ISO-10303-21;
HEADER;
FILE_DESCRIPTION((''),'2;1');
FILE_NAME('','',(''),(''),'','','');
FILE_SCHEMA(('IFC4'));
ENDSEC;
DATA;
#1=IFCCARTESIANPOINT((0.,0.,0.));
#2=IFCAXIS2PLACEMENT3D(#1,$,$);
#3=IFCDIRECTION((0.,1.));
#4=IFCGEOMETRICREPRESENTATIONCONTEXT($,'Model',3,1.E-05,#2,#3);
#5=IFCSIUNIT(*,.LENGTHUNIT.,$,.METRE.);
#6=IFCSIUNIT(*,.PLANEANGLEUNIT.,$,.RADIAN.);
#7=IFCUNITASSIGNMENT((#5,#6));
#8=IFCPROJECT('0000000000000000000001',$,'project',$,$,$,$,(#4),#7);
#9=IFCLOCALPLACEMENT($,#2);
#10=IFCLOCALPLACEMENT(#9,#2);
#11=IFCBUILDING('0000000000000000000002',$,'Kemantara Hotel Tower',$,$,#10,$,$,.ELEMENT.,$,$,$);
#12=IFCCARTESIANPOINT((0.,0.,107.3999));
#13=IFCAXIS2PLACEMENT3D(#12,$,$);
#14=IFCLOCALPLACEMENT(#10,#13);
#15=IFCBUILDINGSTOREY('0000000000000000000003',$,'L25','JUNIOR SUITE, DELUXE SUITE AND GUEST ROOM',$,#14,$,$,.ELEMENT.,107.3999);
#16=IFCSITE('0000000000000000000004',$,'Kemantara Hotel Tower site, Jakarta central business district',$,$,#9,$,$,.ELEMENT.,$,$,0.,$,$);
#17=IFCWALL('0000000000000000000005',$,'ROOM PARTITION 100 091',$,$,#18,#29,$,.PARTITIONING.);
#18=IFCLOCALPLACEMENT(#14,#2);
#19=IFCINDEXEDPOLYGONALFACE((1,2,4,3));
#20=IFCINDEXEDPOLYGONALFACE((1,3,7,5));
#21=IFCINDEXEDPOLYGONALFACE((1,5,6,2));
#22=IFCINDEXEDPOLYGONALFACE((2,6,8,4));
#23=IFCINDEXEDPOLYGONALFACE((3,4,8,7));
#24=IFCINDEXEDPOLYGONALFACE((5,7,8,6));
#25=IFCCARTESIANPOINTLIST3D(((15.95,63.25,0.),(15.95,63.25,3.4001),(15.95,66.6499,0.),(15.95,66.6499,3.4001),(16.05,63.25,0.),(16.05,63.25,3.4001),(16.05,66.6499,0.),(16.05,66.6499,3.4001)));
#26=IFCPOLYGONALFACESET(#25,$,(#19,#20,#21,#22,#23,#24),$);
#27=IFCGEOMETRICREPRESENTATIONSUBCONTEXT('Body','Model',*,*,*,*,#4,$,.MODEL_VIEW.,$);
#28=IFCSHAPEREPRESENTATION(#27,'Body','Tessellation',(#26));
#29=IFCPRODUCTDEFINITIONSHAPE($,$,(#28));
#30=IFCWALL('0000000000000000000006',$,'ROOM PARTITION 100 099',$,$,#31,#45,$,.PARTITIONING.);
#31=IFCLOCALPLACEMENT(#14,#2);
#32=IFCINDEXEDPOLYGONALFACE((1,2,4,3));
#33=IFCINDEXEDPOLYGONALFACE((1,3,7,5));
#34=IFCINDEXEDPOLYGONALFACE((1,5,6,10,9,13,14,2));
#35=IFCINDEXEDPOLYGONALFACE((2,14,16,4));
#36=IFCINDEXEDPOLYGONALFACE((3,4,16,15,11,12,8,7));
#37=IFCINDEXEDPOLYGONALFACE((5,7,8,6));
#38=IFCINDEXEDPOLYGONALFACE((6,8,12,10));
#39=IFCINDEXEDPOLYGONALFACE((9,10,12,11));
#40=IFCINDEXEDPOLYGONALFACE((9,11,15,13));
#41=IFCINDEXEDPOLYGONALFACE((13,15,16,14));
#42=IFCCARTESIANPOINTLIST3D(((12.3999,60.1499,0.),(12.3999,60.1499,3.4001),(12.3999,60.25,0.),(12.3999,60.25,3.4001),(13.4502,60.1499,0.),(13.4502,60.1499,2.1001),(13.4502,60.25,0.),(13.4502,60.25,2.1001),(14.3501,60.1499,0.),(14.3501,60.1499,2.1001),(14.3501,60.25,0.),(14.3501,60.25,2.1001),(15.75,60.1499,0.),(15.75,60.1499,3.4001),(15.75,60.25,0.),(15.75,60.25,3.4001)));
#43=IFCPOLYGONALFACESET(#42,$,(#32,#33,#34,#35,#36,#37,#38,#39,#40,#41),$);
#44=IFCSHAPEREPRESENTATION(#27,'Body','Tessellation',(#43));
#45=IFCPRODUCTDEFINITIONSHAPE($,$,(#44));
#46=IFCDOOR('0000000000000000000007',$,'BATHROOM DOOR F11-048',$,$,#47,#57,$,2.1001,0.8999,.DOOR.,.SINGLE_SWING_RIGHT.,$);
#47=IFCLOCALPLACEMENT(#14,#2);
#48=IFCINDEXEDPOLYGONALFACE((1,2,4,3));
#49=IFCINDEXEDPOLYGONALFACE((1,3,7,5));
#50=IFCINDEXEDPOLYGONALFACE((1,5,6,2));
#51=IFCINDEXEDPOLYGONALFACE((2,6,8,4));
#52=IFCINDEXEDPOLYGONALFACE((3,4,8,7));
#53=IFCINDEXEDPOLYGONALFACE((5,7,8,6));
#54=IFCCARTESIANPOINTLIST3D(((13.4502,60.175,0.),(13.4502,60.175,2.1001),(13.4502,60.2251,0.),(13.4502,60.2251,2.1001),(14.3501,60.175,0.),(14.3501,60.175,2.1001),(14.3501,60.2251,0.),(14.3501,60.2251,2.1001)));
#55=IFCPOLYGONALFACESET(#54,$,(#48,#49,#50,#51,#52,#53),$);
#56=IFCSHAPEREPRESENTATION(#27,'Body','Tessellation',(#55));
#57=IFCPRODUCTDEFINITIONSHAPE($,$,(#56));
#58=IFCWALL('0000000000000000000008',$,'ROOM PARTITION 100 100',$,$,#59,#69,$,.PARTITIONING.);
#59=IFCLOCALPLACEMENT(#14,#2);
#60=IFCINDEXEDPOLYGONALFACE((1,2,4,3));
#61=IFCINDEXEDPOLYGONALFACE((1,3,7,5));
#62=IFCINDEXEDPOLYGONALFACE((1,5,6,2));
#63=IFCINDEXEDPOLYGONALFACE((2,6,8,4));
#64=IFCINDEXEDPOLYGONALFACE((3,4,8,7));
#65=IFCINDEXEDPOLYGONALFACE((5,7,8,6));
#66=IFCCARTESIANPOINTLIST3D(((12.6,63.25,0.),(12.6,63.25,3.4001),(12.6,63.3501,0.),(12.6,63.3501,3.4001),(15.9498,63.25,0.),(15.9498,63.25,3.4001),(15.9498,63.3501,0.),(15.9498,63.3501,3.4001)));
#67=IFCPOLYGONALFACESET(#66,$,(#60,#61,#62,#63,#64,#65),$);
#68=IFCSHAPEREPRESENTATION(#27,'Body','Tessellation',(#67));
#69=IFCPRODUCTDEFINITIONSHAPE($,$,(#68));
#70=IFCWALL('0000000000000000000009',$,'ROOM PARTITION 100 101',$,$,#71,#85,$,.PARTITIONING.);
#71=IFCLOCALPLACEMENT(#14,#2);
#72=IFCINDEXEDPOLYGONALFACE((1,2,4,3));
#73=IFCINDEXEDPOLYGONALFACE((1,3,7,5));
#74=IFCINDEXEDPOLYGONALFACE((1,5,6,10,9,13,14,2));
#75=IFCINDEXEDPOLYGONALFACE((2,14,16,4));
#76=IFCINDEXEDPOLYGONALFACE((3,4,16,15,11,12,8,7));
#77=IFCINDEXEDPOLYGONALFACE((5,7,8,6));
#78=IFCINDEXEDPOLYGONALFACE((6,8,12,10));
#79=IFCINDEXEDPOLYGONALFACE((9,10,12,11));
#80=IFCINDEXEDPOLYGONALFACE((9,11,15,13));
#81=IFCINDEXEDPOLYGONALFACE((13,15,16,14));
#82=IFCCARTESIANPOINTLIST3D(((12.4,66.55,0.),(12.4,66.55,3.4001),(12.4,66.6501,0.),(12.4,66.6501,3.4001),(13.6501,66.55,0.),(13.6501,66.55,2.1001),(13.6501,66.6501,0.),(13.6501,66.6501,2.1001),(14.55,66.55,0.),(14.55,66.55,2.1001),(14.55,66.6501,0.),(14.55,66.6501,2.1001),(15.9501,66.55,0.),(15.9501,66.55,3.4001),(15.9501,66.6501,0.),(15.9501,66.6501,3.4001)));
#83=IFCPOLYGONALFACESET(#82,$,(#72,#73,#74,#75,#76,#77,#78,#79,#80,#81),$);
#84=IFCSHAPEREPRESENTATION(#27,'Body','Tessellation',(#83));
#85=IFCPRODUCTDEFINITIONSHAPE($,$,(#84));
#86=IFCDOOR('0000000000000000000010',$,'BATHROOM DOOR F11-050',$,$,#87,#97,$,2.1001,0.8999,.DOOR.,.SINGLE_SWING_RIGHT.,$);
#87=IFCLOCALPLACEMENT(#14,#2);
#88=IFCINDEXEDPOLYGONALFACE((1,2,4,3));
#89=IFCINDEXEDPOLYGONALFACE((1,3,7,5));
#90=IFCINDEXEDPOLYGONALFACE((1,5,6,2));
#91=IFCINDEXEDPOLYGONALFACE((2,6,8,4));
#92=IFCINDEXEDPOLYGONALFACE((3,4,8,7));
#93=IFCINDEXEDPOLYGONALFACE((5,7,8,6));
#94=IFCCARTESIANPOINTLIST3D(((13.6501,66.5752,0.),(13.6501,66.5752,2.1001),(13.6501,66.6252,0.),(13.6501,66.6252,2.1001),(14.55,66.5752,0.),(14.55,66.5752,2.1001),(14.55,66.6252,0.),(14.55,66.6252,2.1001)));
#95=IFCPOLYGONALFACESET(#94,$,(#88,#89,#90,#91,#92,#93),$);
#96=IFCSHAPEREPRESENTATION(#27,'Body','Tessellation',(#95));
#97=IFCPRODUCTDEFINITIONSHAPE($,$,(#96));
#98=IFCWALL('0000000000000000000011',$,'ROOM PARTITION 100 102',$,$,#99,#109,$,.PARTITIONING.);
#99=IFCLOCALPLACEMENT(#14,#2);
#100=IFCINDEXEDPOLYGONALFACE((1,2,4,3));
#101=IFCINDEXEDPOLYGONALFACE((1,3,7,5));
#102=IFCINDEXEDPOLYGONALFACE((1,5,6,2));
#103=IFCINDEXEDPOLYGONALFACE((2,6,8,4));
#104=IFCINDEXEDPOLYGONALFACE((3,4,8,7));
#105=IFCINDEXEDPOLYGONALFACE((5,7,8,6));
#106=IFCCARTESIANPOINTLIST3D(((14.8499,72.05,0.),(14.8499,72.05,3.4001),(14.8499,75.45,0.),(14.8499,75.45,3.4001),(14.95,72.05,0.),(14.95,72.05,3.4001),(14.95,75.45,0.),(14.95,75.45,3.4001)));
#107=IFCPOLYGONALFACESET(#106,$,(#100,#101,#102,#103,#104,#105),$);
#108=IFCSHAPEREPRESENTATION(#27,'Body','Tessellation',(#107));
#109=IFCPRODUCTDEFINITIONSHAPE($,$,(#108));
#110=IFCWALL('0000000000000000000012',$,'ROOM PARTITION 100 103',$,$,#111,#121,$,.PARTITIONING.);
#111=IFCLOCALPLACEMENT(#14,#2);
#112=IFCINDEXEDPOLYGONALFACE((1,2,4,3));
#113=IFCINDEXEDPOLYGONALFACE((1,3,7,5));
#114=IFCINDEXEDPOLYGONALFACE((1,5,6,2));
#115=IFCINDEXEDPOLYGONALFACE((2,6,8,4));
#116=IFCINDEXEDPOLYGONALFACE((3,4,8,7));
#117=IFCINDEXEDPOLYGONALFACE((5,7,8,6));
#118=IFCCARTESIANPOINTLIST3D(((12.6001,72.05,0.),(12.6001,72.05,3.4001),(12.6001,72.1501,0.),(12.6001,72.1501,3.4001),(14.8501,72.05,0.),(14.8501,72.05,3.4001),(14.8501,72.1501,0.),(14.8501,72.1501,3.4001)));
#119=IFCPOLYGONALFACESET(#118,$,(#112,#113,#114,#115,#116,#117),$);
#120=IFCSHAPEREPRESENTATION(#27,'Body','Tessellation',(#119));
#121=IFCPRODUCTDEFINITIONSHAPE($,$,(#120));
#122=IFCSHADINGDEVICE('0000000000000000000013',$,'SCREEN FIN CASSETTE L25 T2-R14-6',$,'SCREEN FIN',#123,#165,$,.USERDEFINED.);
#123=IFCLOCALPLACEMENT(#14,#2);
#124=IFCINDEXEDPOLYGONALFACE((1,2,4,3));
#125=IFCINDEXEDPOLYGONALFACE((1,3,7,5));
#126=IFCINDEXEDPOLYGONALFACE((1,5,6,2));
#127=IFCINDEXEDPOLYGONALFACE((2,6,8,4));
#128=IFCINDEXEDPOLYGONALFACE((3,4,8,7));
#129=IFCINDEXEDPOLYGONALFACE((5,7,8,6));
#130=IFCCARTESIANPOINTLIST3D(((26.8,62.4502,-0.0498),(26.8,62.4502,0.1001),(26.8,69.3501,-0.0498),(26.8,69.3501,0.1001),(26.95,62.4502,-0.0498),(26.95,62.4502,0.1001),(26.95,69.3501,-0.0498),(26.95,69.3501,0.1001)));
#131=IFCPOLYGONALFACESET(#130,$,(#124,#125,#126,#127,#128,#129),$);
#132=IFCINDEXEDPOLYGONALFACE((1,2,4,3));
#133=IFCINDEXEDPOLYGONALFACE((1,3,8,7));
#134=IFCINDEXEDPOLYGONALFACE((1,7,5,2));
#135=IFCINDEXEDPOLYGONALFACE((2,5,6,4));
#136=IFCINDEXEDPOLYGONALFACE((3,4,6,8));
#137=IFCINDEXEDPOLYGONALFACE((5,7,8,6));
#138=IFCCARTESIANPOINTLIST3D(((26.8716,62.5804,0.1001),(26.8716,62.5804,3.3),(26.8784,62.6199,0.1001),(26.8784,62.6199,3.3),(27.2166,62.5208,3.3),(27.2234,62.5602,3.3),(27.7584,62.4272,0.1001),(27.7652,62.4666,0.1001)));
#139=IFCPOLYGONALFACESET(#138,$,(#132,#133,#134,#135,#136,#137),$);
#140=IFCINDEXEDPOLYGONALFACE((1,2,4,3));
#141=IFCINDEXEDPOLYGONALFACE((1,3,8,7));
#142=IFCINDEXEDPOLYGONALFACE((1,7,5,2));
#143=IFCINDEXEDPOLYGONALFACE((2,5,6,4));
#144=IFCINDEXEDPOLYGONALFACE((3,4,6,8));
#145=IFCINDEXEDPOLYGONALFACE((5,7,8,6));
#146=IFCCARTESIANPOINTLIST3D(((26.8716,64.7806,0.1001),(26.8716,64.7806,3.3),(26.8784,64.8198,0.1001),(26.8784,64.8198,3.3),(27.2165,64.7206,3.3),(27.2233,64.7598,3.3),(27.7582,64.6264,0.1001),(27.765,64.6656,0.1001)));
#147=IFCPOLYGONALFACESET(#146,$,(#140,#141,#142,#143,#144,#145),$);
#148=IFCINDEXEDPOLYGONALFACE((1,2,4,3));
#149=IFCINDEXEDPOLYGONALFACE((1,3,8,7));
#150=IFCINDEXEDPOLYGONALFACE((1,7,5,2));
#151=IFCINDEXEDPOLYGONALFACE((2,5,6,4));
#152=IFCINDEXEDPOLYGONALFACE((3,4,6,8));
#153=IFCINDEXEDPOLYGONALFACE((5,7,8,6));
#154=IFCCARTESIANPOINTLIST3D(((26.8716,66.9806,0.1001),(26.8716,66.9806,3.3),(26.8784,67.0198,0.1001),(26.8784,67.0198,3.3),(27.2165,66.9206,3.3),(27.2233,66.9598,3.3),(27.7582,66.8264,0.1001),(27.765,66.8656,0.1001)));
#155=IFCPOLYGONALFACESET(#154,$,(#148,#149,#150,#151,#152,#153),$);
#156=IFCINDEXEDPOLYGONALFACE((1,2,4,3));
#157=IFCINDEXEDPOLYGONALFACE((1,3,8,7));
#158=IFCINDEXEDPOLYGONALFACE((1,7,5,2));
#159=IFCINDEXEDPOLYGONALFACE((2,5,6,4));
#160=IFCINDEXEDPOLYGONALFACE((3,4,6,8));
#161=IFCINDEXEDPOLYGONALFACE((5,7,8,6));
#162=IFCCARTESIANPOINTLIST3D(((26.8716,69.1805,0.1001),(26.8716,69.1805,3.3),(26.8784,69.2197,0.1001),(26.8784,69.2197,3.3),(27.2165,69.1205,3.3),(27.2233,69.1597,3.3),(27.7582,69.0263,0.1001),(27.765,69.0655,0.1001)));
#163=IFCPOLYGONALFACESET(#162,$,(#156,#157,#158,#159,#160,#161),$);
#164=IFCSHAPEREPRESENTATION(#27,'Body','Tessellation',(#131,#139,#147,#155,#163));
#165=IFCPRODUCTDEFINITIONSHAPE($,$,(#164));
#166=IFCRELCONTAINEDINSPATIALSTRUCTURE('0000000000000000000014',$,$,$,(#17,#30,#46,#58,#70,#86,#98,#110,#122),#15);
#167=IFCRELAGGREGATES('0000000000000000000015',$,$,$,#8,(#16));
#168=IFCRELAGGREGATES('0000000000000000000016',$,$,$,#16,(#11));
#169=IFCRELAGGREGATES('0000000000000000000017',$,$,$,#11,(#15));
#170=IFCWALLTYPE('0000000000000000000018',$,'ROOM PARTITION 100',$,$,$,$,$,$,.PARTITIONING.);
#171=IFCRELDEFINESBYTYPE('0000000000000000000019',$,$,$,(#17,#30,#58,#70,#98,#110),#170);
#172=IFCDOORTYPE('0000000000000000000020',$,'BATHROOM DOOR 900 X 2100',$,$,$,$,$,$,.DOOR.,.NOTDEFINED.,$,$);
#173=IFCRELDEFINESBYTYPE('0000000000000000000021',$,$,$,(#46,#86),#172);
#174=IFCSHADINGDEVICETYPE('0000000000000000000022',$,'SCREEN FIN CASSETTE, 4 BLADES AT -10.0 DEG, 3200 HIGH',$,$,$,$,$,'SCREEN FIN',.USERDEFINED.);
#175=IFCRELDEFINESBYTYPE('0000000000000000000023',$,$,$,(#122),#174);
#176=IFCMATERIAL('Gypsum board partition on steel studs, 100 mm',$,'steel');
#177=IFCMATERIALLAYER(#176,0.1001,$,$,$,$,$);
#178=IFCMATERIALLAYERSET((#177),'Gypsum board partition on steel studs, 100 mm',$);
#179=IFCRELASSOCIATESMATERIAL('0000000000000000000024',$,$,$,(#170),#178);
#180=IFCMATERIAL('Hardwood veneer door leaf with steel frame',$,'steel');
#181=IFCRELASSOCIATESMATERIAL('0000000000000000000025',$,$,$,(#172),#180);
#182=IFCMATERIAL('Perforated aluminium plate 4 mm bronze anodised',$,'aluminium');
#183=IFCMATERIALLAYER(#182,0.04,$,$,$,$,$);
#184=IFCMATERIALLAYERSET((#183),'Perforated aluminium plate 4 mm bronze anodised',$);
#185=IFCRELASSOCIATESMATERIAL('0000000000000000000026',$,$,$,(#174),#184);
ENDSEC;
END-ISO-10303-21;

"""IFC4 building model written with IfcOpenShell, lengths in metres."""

from ifc_helpers import new_model, si_unit, direction, frame, frame_2d, origin, origin_2d, place, context, subcontext, project, spatial, polyline, rectangle, outline, extrude, source, transform, mapped, material, layer, layer_set, type_object, element, fill, save


model = new_model("IFC4")

# Units and contexts
model_context = context("Model", 3, precision=1e-05, world=origin(), true_north=direction((0.0, 1.0)))
body_context = subcontext(model_context, "Body", "Model", "MODEL_VIEW")
ifc_project = project(units=[si_unit("LENGTHUNIT", "METRE"), si_unit("PLANEANGLEUNIT", "RADIAN")], contexts=[model_context])

# Site, building, storey
site_placement = place(None, origin())
site = spatial("IfcSite", under=ifc_project, at=site_placement, Name="Kemantara Hotel Tower site, Jakarta central business district", CompositionType="ELEMENT", RefElevation=0.0)
building_placement = place(site_placement, origin())
building = spatial("IfcBuilding", under=site, at=building_placement, Name="Kemantara Hotel Tower", CompositionType="ELEMENT")
storey_placement = place(building_placement, frame((0.0, 0.0, 107.3999)))
storey = spatial("IfcBuildingStorey", under=building, at=storey_placement, Name="L25", Description="JUNIOR SUITE, DELUXE SUITE AND GUEST ROOM", CompositionType="ELEMENT", Elevation=107.3999)

# Wall
ifc_material_1 = material(Name="Gypsum board partition on steel studs, 100 mm", Category="steel")
ifc_layer_1 = layer(ifc_material_1, 0.1001)
ifc_layer_set_1 = layer_set([ifc_layer_1], Name="Gypsum board partition on steel studs, 100 mm")
wall_type_1 = type_object("IfcWallType", Name="ROOM PARTITION 100", PredefinedType="PARTITIONING", material=ifc_layer_set_1)
wall_1_placement = place(storey_placement, frame((16.0, 63.25, 0.0), z_axis=(0.0, 0.0, 1.0), x_axis=(0.0, 1.0, 0.0)))
element("IfcWall", 1, at=wall_1_placement, inside=storey, type_object=wall_type_1, Name="ROOM PARTITION 100 091", PredefinedType="PARTITIONING", context=body_context, shape_type="SweptSolid", body=[
    extrude(rectangle(XDim=3.3999, YDim=0.1001, at=frame_2d((1.7, 0.0))), origin(), (0.0, 0.0, 1.0), 3.4001),
])

# Wall, opening, door
wall_2_placement = place(storey_placement, frame((15.75, 60.2, 0.0), z_axis=(0.0, 0.0, 1.0), x_axis=(-1.0, 0.0, 0.0)))
wall_2 = element("IfcWall", 2, at=wall_2_placement, inside=storey, type_object=wall_type_1, Name="ROOM PARTITION 100 099", PredefinedType="PARTITIONING", context=body_context, shape_type="SweptSolid", body=[
    extrude(rectangle(XDim=3.3501, YDim=0.1001, at=frame_2d((1.675, 0.0))), origin(), (0.0, 0.0, 1.0), 3.4001),
])
opening_1_placement = place(wall_2_placement, frame((1.3999, 0.0, 0.0)))
opening_1 = element("IfcOpeningElement", 3, at=opening_1_placement, cuts=wall_2, PredefinedType="OPENING", context=body_context, shape_type="SweptSolid", body=[
    extrude(rectangle(XDim=0.8999, YDim=2.1001, at=frame_2d((0.45, 1.05))), frame((0.0, 0.0601, 0.0), z_axis=(0.0, -1.0, 0.0), x_axis=(1.0, 0.0, 0.0)), (0.0, 0.0, 1.0), 0.1201),
])
ifc_material_2 = material(Name="Hardwood veneer door leaf with steel frame", Category="steel")
door_type = type_object("IfcDoorType", Name="BATHROOM DOOR 900 X 2100", OperationType="NOTDEFINED", PredefinedType="DOOR", material=ifc_material_2)
door_1_placement = place(opening_1_placement, origin())
door_1 = element("IfcDoor", 4, at=door_1_placement, inside=storey, type_object=door_type, Name="BATHROOM DOOR F11-048", OperationType="SINGLE_SWING_RIGHT", OverallHeight=2.1001, OverallWidth=0.8999, PredefinedType="DOOR", context=body_context, shape_type="SweptSolid", body=[
    extrude(rectangle(XDim=0.8999, YDim=2.1001, at=frame_2d((0.45, 1.05))), frame((0.0, 0.0249, 0.0), z_axis=(0.0, -1.0, 0.0), x_axis=(1.0, 0.0, 0.0)), (0.0, 0.0, 1.0), 0.05),
])
fill(opening_1, door_1)

# Wall
wall_3_placement = place(storey_placement, frame((12.6001, 63.3, 0.0), z_axis=(0.0, 0.0, 1.0), x_axis=(1.0, 0.0, 0.0)))
element("IfcWall", 5, at=wall_3_placement, inside=storey, type_object=wall_type_1, Name="ROOM PARTITION 100 100", PredefinedType="PARTITIONING", context=body_context, shape_type="SweptSolid", body=[
    extrude(rectangle(XDim=3.3499, YDim=0.1001, at=frame_2d((1.6748, 0.0))), origin(), (0.0, 0.0, 1.0), 3.4001),
])

# Wall, opening, door
wall_4_placement = place(storey_placement, frame((15.95, 66.6001, 0.0), z_axis=(0.0, 0.0, 1.0), x_axis=(-1.0, 0.0, 0.0)))
wall_4 = element("IfcWall", 6, at=wall_4_placement, inside=storey, type_object=wall_type_1, Name="ROOM PARTITION 100 101", PredefinedType="PARTITIONING", context=body_context, shape_type="SweptSolid", body=[
    extrude(rectangle(XDim=3.55, YDim=0.1001, at=frame_2d((1.7749, 0.0))), origin(), (0.0, 0.0, 1.0), 3.4001),
])
opening_2_placement = place(wall_4_placement, frame((1.3999, 0.0, 0.0)))
opening_2 = element("IfcOpeningElement", 7, at=opening_2_placement, cuts=wall_4, PredefinedType="OPENING", context=body_context, shape_type="SweptSolid", body=[
    extrude(rectangle(XDim=0.8999, YDim=2.1001, at=frame_2d((0.45, 1.05))), frame((0.0, 0.0601, 0.0), z_axis=(0.0, -1.0, 0.0), x_axis=(1.0, 0.0, 0.0)), (0.0, 0.0, 1.0), 0.1201),
])
door_2_placement = place(opening_2_placement, origin())
door_2 = element("IfcDoor", 8, at=door_2_placement, inside=storey, type_object=door_type, Name="BATHROOM DOOR F11-050", OperationType="SINGLE_SWING_RIGHT", OverallHeight=2.1001, OverallWidth=0.8999, PredefinedType="DOOR", context=body_context, shape_type="SweptSolid", body=[
    extrude(rectangle(XDim=0.8999, YDim=2.1001, at=frame_2d((0.45, 1.05))), frame((0.0, 0.0249, 0.0), z_axis=(0.0, -1.0, 0.0), x_axis=(1.0, 0.0, 0.0)), (0.0, 0.0, 1.0), 0.05),
])
fill(opening_2, door_2)

# Walls
wall_5_placement = place(storey_placement, frame((14.8999, 72.05, 0.0), z_axis=(0.0, 0.0, 1.0), x_axis=(0.0, 1.0, 0.0)))
element("IfcWall", 9, at=wall_5_placement, inside=storey, type_object=wall_type_1, Name="ROOM PARTITION 100 102", PredefinedType="PARTITIONING", context=body_context, shape_type="SweptSolid", body=[
    extrude(rectangle(XDim=3.3999, YDim=0.1001, at=frame_2d((1.7, 0.0))), origin(), (0.0, 0.0, 1.0), 3.4001),
])
wall_6_placement = place(storey_placement, frame((12.6001, 72.1001, 0.0), z_axis=(0.0, 0.0, 1.0), x_axis=(1.0, 0.0, 0.0)))
element("IfcWall", 10, at=wall_6_placement, inside=storey, type_object=wall_type_1, Name="ROOM PARTITION 100 103", PredefinedType="PARTITIONING", context=body_context, shape_type="SweptSolid", body=[
    extrude(rectangle(XDim=2.25, YDim=0.1001, at=frame_2d((1.125, 0.0))), origin(), (0.0, 0.0, 1.0), 3.4001),
])

# Shading device
ifc_material_3 = material(Name="Perforated aluminium plate 4 mm bronze anodised", Category="aluminium")
ifc_layer_2 = layer(ifc_material_3, 0.04)
ifc_layer_set_2 = layer_set([ifc_layer_2], Name="Perforated aluminium plate 4 mm bronze anodised")
shading_device_type_1 = type_object("IfcShadingDeviceType", Name="SCREEN FIN CASSETTE, 4 BLADES AT -10.0 DEG, 3200 HIGH", ElementType="SCREEN FIN", PredefinedType="USERDEFINED", material=ifc_layer_set_2)
shared_shape_1 = source(origin(), body_context, "Body", "SweptSolid", [
    extrude(rectangle(XDim=6.8999, YDim=0.1499, at=origin_2d()), frame((3.3, -0.075, -0.1499), z_axis=(0.0, 0.0, 1.0), x_axis=(1.0, 0.0, 0.0)), (0.0, 0.0, 1.0), 0.1499),
    extrude(outline(polyline([(0.0, 0.0), (0.8999, 0.0), (0.3501, 3.2), (0.0, 3.2), (0.0, 0.0)])), frame((0.0198, -0.0784, 0.0), z_axis=(-0.98539, 0.170314, 0.0), x_axis=(-0.170314, -0.98539, 0.0)), (0.0, 0.0, 1.0), 0.04),
    extrude(outline(polyline([(0.0, 0.0), (0.8999, 0.0), (0.3501, 3.2), (0.0, 3.2), (0.0, 0.0)])), frame((2.2197, -0.0784, 0.0), z_axis=(-0.985212, 0.171341, 0.0), x_axis=(-0.171341, -0.985212, 0.0)), (0.0, 0.0, 1.0), 0.0398),
    extrude(outline(polyline([(0.0, 0.0), (0.8999, 0.0), (0.3501, 3.2), (0.0, 3.2), (0.0, 0.0)])), frame((4.4197, -0.0784, 0.0), z_axis=(-0.985212, 0.171341, 0.0), x_axis=(-0.171341, -0.985212, 0.0)), (0.0, 0.0, 1.0), 0.0398),
    extrude(outline(polyline([(0.0, 0.0), (0.8999, 0.0), (0.3501, 3.2), (0.0, 3.2), (0.0, 0.0)])), frame((6.6196, -0.0784, 0.0), z_axis=(-0.985212, 0.171341, 0.0), x_axis=(-0.171341, -0.985212, 0.0)), (0.0, 0.0, 1.0), 0.0398),
])
shading_device_1_placement = place(storey_placement, frame((26.8, 62.6001, 0.1001), z_axis=(0.0, 0.0, 1.0), x_axis=(0.0, 1.0, 0.0)))
element("IfcShadingDevice", 11, at=shading_device_1_placement, inside=storey, type_object=shading_device_type_1, Name="SCREEN FIN CASSETTE L25 T2-R14-6", ObjectType="SCREEN FIN", PredefinedType="USERDEFINED", context=body_context, shape_type="MappedRepresentation", body=[
    mapped(shared_shape_1, transform((0.0, 0.0, 0.0))),
])

save(model, "model.ifc")
